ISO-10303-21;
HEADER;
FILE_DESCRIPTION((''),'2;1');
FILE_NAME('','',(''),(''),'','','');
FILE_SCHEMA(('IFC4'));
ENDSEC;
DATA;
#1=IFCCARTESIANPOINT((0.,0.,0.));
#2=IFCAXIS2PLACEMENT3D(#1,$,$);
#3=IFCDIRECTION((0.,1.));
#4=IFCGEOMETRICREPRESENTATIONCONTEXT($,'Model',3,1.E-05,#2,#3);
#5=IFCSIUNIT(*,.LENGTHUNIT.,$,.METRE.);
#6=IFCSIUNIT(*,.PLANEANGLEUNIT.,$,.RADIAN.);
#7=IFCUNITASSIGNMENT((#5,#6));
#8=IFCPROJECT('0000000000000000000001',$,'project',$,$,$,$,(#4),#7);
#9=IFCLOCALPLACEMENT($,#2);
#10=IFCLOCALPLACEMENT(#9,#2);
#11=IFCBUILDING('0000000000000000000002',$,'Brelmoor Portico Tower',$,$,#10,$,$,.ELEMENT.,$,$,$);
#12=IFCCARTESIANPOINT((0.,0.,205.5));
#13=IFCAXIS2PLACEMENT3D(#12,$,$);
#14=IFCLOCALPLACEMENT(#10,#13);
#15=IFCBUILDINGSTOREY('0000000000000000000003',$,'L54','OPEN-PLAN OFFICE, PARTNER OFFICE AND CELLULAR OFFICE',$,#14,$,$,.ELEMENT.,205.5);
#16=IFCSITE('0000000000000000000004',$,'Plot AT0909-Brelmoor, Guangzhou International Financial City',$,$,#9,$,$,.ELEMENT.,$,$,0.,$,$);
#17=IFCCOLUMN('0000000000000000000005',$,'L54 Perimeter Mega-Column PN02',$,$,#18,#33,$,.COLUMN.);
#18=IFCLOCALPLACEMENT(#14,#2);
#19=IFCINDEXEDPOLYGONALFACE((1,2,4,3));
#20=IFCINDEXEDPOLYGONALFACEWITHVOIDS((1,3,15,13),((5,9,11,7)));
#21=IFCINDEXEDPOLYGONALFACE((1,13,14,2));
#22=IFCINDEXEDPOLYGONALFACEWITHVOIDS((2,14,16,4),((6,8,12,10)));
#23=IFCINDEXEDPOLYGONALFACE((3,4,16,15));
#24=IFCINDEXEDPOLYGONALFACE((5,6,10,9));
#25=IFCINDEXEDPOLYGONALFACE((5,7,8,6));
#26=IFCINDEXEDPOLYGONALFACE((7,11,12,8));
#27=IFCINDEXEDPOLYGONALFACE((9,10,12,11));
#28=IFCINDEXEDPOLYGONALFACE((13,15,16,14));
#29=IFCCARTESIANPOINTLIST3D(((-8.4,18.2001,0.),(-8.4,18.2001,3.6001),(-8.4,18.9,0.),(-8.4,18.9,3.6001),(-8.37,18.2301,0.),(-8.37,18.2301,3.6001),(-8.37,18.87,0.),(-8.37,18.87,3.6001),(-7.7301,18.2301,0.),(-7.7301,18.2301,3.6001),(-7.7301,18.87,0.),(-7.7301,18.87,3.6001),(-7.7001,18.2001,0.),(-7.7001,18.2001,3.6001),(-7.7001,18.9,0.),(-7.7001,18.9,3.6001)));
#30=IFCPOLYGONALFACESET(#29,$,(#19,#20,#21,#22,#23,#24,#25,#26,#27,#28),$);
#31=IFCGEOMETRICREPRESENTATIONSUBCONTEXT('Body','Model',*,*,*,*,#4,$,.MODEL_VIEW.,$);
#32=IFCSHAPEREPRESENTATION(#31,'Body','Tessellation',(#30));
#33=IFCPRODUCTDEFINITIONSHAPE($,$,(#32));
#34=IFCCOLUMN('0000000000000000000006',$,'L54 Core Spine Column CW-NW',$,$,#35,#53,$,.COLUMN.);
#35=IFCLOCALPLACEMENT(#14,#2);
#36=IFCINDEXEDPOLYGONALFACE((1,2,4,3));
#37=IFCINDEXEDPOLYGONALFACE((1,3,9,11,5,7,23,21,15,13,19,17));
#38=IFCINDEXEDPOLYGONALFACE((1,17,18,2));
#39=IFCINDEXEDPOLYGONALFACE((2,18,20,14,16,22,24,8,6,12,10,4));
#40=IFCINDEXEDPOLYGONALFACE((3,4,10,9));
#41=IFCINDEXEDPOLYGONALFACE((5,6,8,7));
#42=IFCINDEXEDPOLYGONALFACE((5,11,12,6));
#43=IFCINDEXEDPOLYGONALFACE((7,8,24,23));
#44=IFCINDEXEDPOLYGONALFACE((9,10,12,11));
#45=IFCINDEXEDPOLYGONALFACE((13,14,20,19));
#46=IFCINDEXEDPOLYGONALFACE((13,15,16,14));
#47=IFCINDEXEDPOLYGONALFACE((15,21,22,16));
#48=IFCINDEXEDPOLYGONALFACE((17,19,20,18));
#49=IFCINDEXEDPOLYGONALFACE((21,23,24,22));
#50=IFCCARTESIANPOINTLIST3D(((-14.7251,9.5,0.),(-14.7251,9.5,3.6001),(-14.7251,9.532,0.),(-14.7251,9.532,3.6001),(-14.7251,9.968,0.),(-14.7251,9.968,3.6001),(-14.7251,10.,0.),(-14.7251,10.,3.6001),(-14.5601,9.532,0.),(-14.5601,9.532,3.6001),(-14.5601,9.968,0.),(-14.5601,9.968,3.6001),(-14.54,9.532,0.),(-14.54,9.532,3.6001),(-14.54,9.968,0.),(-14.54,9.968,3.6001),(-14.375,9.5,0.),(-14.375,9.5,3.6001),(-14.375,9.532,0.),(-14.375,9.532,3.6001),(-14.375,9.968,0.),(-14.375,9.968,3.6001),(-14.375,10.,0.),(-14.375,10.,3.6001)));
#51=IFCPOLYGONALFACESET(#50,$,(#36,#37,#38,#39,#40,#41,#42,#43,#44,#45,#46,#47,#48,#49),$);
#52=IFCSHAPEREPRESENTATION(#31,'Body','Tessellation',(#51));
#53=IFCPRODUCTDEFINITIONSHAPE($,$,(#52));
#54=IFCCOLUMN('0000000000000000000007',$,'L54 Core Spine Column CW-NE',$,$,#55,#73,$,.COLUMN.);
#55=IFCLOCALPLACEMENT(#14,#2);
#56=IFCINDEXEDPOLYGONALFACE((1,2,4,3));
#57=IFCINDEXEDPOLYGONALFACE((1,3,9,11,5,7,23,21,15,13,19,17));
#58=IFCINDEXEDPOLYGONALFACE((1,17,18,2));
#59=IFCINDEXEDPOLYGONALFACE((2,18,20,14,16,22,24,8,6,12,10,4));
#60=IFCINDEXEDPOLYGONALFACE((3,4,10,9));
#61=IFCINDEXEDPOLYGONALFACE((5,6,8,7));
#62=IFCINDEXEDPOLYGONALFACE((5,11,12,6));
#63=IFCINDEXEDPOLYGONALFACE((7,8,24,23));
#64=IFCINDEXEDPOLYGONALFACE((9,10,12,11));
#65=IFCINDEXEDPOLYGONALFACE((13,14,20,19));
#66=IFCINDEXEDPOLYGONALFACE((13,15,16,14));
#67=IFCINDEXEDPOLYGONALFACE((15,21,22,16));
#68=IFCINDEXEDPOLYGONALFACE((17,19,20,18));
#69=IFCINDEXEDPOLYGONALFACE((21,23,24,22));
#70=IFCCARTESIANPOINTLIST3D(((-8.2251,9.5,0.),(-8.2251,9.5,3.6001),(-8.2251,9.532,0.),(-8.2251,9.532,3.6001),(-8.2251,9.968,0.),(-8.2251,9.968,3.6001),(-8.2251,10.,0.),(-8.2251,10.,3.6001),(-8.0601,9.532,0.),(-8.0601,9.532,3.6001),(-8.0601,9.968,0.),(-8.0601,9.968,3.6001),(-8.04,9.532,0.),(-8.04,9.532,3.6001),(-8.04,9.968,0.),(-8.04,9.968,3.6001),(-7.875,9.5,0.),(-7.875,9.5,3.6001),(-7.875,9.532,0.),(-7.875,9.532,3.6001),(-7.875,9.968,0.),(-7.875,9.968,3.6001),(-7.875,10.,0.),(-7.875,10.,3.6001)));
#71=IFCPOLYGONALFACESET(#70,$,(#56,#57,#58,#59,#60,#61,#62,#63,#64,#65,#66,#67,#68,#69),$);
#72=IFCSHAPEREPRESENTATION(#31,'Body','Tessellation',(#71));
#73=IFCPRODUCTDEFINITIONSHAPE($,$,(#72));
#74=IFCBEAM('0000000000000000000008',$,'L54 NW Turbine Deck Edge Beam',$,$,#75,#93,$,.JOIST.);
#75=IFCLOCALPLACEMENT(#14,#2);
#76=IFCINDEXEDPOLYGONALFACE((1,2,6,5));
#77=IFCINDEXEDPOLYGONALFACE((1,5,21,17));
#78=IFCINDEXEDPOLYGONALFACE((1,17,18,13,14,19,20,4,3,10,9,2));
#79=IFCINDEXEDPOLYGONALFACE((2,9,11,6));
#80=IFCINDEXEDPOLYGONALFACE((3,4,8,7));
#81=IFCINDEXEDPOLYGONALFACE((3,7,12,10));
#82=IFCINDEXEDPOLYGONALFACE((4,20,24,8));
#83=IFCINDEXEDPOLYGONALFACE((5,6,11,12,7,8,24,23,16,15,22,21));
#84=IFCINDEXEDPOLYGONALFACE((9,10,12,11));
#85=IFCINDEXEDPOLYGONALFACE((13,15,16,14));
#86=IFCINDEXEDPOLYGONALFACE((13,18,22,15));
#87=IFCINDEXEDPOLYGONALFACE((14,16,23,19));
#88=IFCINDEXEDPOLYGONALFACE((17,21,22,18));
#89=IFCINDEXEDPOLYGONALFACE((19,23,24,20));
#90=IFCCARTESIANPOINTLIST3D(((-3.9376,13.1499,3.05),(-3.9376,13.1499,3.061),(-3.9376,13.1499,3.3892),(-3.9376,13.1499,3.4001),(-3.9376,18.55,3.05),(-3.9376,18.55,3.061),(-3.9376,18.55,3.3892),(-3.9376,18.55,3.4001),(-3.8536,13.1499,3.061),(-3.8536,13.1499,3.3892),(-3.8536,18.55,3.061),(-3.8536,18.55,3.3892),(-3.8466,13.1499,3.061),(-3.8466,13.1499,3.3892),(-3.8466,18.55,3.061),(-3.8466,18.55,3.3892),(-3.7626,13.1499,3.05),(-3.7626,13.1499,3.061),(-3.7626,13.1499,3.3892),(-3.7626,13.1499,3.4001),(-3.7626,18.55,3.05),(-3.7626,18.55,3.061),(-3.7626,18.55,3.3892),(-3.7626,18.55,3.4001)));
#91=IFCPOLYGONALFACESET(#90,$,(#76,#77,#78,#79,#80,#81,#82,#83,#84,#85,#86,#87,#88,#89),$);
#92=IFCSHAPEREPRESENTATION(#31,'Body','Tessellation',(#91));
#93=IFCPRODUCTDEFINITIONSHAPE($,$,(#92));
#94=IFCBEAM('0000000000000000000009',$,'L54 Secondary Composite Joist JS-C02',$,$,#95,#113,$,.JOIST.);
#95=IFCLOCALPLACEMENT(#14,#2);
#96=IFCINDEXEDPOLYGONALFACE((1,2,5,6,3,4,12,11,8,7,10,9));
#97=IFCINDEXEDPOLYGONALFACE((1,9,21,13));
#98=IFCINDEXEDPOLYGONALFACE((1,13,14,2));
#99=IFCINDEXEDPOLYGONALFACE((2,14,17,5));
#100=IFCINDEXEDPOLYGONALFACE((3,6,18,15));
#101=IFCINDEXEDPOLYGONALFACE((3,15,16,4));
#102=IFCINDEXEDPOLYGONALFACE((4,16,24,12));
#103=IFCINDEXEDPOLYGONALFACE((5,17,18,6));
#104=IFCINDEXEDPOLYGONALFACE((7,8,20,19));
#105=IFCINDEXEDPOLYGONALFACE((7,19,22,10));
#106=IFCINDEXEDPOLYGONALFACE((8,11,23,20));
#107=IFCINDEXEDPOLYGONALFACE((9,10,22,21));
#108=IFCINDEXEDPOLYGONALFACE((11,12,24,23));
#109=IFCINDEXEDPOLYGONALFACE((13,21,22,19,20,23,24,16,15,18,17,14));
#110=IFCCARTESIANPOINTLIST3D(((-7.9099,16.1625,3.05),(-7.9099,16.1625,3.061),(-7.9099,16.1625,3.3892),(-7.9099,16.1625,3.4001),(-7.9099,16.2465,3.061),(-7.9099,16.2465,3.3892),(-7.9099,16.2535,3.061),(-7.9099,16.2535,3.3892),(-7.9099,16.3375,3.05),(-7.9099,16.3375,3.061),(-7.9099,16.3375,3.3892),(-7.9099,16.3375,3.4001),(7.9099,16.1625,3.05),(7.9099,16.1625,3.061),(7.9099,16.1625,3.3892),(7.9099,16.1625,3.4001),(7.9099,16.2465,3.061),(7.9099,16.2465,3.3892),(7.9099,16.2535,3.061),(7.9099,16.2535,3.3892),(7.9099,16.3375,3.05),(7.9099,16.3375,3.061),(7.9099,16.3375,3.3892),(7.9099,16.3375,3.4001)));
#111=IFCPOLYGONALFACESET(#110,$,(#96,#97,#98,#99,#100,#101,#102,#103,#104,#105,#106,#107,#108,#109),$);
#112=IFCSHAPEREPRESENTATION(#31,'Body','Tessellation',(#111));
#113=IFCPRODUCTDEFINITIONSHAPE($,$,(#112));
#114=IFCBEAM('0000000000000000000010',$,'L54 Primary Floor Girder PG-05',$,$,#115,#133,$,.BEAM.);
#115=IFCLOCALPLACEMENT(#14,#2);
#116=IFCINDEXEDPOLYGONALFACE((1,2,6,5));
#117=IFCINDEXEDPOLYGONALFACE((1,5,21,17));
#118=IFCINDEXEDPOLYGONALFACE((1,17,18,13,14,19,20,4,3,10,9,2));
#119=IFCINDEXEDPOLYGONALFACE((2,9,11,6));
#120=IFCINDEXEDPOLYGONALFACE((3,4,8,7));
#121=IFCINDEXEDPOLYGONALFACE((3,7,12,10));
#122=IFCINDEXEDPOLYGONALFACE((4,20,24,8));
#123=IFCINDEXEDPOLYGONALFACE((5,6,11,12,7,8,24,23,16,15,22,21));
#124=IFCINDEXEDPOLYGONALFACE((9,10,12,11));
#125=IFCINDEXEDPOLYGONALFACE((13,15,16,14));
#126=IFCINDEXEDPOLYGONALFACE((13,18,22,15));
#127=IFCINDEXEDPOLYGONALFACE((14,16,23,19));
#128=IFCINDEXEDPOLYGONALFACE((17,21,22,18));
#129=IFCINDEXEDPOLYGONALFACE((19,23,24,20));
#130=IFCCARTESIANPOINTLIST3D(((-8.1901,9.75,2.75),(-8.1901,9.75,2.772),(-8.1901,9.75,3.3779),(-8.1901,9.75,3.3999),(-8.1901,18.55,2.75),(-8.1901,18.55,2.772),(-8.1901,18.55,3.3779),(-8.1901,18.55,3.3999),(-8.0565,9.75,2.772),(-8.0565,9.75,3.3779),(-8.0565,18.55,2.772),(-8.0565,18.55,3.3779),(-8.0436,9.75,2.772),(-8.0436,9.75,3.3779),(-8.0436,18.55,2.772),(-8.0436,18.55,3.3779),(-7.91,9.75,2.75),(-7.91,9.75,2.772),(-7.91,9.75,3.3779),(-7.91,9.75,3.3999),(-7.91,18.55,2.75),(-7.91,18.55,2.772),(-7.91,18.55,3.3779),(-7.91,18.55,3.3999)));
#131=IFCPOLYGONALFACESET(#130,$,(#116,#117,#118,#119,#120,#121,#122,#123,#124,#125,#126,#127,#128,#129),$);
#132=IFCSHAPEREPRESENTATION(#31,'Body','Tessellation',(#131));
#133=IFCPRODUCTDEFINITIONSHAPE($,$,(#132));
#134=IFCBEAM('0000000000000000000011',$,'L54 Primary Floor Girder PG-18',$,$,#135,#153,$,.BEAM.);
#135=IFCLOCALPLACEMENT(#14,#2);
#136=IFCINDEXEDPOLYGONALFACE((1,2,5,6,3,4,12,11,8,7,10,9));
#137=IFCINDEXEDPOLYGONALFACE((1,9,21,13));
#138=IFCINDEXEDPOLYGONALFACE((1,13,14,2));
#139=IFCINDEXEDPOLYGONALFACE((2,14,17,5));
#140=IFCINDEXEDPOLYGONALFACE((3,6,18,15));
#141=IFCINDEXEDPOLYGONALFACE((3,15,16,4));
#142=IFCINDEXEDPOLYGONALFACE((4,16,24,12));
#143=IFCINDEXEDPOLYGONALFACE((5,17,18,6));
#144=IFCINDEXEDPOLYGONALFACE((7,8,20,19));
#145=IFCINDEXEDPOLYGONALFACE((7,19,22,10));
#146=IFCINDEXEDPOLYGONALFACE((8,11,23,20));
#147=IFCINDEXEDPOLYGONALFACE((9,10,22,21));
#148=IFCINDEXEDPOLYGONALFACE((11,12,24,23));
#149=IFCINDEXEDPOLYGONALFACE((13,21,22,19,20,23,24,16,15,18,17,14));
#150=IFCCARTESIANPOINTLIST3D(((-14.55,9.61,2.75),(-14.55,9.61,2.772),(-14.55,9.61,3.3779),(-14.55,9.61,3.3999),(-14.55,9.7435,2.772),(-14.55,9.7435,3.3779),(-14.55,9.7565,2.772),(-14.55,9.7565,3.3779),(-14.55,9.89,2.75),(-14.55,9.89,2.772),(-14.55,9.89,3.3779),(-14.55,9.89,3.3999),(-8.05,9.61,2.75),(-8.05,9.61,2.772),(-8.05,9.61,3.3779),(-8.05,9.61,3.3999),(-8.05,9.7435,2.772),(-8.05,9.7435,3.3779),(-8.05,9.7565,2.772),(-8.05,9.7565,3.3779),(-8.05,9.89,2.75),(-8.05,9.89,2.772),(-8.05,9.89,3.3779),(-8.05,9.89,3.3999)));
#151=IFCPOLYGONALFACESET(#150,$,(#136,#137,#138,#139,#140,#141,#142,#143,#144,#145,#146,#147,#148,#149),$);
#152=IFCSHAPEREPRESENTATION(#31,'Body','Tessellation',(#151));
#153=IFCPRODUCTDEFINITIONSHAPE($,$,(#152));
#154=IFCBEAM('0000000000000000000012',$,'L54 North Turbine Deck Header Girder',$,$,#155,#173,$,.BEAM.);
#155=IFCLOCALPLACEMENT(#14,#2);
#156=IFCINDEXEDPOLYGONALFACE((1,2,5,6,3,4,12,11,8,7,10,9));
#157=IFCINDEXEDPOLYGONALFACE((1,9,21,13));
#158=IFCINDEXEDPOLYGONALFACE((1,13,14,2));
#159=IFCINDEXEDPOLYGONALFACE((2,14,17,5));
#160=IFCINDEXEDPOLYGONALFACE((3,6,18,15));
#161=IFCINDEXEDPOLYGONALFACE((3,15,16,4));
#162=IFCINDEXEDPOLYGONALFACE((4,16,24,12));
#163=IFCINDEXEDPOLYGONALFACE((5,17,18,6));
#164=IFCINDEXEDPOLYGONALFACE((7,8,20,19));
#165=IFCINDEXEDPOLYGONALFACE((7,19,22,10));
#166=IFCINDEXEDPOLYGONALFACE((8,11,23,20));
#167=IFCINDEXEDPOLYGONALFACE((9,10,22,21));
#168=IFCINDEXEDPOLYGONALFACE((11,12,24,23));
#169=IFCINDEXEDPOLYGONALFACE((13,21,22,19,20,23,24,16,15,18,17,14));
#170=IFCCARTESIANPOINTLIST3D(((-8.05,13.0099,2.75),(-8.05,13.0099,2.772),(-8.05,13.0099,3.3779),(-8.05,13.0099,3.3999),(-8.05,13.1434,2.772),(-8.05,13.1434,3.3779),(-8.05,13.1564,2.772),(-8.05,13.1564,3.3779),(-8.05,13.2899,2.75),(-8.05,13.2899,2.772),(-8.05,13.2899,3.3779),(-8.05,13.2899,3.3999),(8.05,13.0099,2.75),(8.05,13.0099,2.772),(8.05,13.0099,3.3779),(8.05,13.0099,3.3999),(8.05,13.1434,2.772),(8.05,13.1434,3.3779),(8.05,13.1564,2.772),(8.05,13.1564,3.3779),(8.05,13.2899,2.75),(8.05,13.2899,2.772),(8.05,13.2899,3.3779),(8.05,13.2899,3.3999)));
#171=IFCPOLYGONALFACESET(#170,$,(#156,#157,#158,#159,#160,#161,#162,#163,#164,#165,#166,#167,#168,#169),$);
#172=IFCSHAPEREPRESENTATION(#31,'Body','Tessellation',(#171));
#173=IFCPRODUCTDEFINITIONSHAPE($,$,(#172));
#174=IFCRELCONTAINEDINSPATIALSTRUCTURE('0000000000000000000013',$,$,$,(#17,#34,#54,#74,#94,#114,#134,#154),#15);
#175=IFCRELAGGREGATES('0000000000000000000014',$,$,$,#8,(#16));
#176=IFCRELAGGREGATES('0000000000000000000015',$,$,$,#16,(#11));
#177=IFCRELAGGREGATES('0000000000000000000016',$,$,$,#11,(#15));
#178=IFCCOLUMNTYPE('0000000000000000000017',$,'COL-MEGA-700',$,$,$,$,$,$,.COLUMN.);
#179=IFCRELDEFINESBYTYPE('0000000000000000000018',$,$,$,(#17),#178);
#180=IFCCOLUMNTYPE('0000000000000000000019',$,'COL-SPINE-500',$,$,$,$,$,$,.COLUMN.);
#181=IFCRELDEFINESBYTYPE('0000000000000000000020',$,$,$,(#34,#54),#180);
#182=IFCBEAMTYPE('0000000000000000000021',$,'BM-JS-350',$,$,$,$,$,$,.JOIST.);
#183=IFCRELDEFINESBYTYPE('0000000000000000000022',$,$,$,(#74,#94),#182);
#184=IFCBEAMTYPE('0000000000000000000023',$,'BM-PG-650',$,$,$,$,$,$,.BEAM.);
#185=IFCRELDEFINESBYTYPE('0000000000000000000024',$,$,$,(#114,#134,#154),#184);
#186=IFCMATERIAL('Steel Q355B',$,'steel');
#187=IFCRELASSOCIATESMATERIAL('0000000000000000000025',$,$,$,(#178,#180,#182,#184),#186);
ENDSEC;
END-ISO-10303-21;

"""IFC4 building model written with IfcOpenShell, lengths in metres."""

from ifc_helpers import new_model, si_unit, direction, frame, origin, origin_2d, place, context, subcontext, project, spatial, hollow_rectangle, i_section, extrude, material, material_profile, profile_set, type_object, element, save


model = new_model("IFC4")

# Units and contexts
model_context = context("Model", 3, precision=1e-05, world=origin(), true_north=direction((0.0, 1.0)))
body_context = subcontext(model_context, "Body", "Model", "MODEL_VIEW")
ifc_project = project(units=[si_unit("LENGTHUNIT", "METRE"), si_unit("PLANEANGLEUNIT", "RADIAN")], contexts=[model_context])

# Site, building, storey
site_placement = place(None, origin())
site = spatial("IfcSite", under=ifc_project, at=site_placement, Name="Plot AT0909-Brelmoor, Guangzhou International Financial City", CompositionType="ELEMENT", RefElevation=0.0)
building_placement = place(site_placement, origin())
building = spatial("IfcBuilding", under=site, at=building_placement, Name="Brelmoor Portico Tower", CompositionType="ELEMENT")
storey_placement = place(building_placement, frame((0.0, 0.0, 205.5)))
storey = spatial("IfcBuildingStorey", under=building, at=storey_placement, Name="L54", Description="OPEN-PLAN OFFICE, PARTNER OFFICE AND CELLULAR OFFICE", CompositionType="ELEMENT", Elevation=205.5)

# Columns
ifc_material_1 = material(Name="Steel Q355B", Category="steel")
ifc_material_profile_1 = material_profile(ifc_material_1, hollow_rectangle(XDim=0.7, YDim=0.7, WallThickness=0.03, at=origin_2d()), Name="BOX 700x700x30")
ifc_profile_set_1 = profile_set([ifc_material_profile_1], Name="Steel Q355B")
column_type_1 = type_object("IfcColumnType", Name="COL-MEGA-700", PredefinedType="COLUMN", material=ifc_profile_set_1)
column_placement = place(storey_placement, frame((-8.05, 18.55, 0.0), z_axis=(0.0, 0.0, 1.0), x_axis=(1.0, 0.0, 0.0)))
element("IfcColumn", 1, at=column_placement, inside=storey, type_object=column_type_1, Name="L54 Perimeter Mega-Column PN02", PredefinedType="COLUMN", context=body_context, shape_type="SweptSolid", body=[
    extrude(hollow_rectangle(XDim=0.7, YDim=0.7, WallThickness=0.03, at=origin_2d()), origin(), (0.0, 0.0, 1.0), 3.6001),
])
ifc_material_profile_2 = material_profile(ifc_material_1, i_section(OverallWidth=0.3501, OverallDepth=0.5, WebThickness=0.02, FlangeThickness=0.032, at=origin_2d()), Name="HW 500x350x20x32")
ifc_profile_set_2 = profile_set([ifc_material_profile_2], Name="Steel Q355B")
column_type_2 = type_object("IfcColumnType", Name="COL-SPINE-500", PredefinedType="COLUMN", material=ifc_profile_set_2)
for number, where, z_axis, x_axis, name in (
    (2, (-14.55, 9.75, 0.0), (0.0, 0.0, 1.0), (1.0, 0.0, 0.0), "L54 Core Spine Column CW-NW"),
    (3, (-8.05, 9.75, 0.0), (0.0, 0.0, 1.0), (1.0, 0.0, 0.0), "L54 Core Spine Column CW-NE"),
):
    element("IfcColumn", number, at=place(storey_placement, frame(where, z_axis=z_axis, x_axis=x_axis)), inside=storey, type_object=column_type_2, Name=name, PredefinedType="COLUMN", context=body_context, shape_type="SweptSolid", body=[
        extrude(i_section(OverallWidth=0.3501, OverallDepth=0.5, WebThickness=0.02, FlangeThickness=0.032, at=origin_2d()), origin(), (0.0, 0.0, 1.0), 3.6001),
    ])

# Beams
ifc_material_profile_3 = material_profile(ifc_material_1, i_section(OverallWidth=0.175, OverallDepth=0.3501, WebThickness=0.0071, FlangeThickness=0.011, at=origin_2d()), Name="HN 350x175x7x11")
ifc_profile_set_3 = profile_set([ifc_material_profile_3], Name="Steel Q355B")
beam_type_1 = type_object("IfcBeamType", Name="BM-JS-350", PredefinedType="JOIST", material=ifc_profile_set_3)
beam_1_placement = place(storey_placement, frame((-3.8501, 13.1499, 3.2251), z_axis=(0.0, 1.0, 0.0), x_axis=(-1.0, 0.0, 0.0)))
element("IfcBeam", 4, at=beam_1_placement, inside=storey, type_object=beam_type_1, Name="L54 NW Turbine Deck Edge Beam", PredefinedType="JOIST", context=body_context, shape_type="SweptSolid", body=[
    extrude(i_section(OverallWidth=0.175, OverallDepth=0.3501, WebThickness=0.0071, FlangeThickness=0.011, at=origin_2d()), origin(), (0.0, 0.0, 1.0), 5.4001),
])
beam_2_placement = place(storey_placement, frame((-7.9099, 16.25, 3.2251), z_axis=(1.0, 0.0, 0.0), x_axis=(0.0, 1.0, 0.0)))
element("IfcBeam", 5, at=beam_2_placement, inside=storey, type_object=beam_type_1, Name="L54 Secondary Composite Joist JS-C02", PredefinedType="JOIST", context=body_context, shape_type="SweptSolid", body=[
    extrude(i_section(OverallWidth=0.175, OverallDepth=0.3501, WebThickness=0.0071, FlangeThickness=0.011, at=origin_2d()), origin(), (0.0, 0.0, 1.0), 15.8198),
])
ifc_material_profile_4 = material_profile(ifc_material_1, i_section(OverallWidth=0.28, OverallDepth=0.6499, WebThickness=0.0129, FlangeThickness=0.022, at=origin_2d()), Name="HN 650x280x13x22")
ifc_profile_set_4 = profile_set([ifc_material_profile_4], Name="Steel Q355B")
beam_type_2 = type_object("IfcBeamType", Name="BM-PG-650", PredefinedType="BEAM", material=ifc_profile_set_4)
beam_3_placement = place(storey_placement, frame((-8.05, 9.75, 3.075), z_axis=(0.0, 1.0, 0.0), x_axis=(-1.0, 0.0, 0.0)))
element("IfcBeam", 6, at=beam_3_placement, inside=storey, type_object=beam_type_2, Name="L54 Primary Floor Girder PG-05", PredefinedType="BEAM", context=body_context, shape_type="SweptSolid", body=[
    extrude(i_section(OverallWidth=0.28, OverallDepth=0.6499, WebThickness=0.0129, FlangeThickness=0.022, at=origin_2d()), origin(), (0.0, 0.0, 1.0), 8.8),
])
beam_4_placement = place(storey_placement, frame((-14.55, 9.75, 3.075), z_axis=(1.0, 0.0, 0.0), x_axis=(0.0, 1.0, 0.0)))
element("IfcBeam", 7, at=beam_4_placement, inside=storey, type_object=beam_type_2, Name="L54 Primary Floor Girder PG-18", PredefinedType="BEAM", context=body_context, shape_type="SweptSolid", body=[
    extrude(i_section(OverallWidth=0.28, OverallDepth=0.6499, WebThickness=0.0129, FlangeThickness=0.022, at=origin_2d()), origin(), (0.0, 0.0, 1.0), 6.5),
])
beam_5_placement = place(storey_placement, frame((-8.05, 13.1499, 3.075), z_axis=(1.0, 0.0, 0.0), x_axis=(0.0, 1.0, 0.0)))
element("IfcBeam", 8, at=beam_5_placement, inside=storey, type_object=beam_type_2, Name="L54 North Turbine Deck Header Girder", PredefinedType="BEAM", context=body_context, shape_type="SweptSolid", body=[
    extrude(i_section(OverallWidth=0.28, OverallDepth=0.6499, WebThickness=0.0129, FlangeThickness=0.022, at=origin_2d()), origin(), (0.0, 0.0, 1.0), 16.1001),
])

save(model, "model.ifc")
